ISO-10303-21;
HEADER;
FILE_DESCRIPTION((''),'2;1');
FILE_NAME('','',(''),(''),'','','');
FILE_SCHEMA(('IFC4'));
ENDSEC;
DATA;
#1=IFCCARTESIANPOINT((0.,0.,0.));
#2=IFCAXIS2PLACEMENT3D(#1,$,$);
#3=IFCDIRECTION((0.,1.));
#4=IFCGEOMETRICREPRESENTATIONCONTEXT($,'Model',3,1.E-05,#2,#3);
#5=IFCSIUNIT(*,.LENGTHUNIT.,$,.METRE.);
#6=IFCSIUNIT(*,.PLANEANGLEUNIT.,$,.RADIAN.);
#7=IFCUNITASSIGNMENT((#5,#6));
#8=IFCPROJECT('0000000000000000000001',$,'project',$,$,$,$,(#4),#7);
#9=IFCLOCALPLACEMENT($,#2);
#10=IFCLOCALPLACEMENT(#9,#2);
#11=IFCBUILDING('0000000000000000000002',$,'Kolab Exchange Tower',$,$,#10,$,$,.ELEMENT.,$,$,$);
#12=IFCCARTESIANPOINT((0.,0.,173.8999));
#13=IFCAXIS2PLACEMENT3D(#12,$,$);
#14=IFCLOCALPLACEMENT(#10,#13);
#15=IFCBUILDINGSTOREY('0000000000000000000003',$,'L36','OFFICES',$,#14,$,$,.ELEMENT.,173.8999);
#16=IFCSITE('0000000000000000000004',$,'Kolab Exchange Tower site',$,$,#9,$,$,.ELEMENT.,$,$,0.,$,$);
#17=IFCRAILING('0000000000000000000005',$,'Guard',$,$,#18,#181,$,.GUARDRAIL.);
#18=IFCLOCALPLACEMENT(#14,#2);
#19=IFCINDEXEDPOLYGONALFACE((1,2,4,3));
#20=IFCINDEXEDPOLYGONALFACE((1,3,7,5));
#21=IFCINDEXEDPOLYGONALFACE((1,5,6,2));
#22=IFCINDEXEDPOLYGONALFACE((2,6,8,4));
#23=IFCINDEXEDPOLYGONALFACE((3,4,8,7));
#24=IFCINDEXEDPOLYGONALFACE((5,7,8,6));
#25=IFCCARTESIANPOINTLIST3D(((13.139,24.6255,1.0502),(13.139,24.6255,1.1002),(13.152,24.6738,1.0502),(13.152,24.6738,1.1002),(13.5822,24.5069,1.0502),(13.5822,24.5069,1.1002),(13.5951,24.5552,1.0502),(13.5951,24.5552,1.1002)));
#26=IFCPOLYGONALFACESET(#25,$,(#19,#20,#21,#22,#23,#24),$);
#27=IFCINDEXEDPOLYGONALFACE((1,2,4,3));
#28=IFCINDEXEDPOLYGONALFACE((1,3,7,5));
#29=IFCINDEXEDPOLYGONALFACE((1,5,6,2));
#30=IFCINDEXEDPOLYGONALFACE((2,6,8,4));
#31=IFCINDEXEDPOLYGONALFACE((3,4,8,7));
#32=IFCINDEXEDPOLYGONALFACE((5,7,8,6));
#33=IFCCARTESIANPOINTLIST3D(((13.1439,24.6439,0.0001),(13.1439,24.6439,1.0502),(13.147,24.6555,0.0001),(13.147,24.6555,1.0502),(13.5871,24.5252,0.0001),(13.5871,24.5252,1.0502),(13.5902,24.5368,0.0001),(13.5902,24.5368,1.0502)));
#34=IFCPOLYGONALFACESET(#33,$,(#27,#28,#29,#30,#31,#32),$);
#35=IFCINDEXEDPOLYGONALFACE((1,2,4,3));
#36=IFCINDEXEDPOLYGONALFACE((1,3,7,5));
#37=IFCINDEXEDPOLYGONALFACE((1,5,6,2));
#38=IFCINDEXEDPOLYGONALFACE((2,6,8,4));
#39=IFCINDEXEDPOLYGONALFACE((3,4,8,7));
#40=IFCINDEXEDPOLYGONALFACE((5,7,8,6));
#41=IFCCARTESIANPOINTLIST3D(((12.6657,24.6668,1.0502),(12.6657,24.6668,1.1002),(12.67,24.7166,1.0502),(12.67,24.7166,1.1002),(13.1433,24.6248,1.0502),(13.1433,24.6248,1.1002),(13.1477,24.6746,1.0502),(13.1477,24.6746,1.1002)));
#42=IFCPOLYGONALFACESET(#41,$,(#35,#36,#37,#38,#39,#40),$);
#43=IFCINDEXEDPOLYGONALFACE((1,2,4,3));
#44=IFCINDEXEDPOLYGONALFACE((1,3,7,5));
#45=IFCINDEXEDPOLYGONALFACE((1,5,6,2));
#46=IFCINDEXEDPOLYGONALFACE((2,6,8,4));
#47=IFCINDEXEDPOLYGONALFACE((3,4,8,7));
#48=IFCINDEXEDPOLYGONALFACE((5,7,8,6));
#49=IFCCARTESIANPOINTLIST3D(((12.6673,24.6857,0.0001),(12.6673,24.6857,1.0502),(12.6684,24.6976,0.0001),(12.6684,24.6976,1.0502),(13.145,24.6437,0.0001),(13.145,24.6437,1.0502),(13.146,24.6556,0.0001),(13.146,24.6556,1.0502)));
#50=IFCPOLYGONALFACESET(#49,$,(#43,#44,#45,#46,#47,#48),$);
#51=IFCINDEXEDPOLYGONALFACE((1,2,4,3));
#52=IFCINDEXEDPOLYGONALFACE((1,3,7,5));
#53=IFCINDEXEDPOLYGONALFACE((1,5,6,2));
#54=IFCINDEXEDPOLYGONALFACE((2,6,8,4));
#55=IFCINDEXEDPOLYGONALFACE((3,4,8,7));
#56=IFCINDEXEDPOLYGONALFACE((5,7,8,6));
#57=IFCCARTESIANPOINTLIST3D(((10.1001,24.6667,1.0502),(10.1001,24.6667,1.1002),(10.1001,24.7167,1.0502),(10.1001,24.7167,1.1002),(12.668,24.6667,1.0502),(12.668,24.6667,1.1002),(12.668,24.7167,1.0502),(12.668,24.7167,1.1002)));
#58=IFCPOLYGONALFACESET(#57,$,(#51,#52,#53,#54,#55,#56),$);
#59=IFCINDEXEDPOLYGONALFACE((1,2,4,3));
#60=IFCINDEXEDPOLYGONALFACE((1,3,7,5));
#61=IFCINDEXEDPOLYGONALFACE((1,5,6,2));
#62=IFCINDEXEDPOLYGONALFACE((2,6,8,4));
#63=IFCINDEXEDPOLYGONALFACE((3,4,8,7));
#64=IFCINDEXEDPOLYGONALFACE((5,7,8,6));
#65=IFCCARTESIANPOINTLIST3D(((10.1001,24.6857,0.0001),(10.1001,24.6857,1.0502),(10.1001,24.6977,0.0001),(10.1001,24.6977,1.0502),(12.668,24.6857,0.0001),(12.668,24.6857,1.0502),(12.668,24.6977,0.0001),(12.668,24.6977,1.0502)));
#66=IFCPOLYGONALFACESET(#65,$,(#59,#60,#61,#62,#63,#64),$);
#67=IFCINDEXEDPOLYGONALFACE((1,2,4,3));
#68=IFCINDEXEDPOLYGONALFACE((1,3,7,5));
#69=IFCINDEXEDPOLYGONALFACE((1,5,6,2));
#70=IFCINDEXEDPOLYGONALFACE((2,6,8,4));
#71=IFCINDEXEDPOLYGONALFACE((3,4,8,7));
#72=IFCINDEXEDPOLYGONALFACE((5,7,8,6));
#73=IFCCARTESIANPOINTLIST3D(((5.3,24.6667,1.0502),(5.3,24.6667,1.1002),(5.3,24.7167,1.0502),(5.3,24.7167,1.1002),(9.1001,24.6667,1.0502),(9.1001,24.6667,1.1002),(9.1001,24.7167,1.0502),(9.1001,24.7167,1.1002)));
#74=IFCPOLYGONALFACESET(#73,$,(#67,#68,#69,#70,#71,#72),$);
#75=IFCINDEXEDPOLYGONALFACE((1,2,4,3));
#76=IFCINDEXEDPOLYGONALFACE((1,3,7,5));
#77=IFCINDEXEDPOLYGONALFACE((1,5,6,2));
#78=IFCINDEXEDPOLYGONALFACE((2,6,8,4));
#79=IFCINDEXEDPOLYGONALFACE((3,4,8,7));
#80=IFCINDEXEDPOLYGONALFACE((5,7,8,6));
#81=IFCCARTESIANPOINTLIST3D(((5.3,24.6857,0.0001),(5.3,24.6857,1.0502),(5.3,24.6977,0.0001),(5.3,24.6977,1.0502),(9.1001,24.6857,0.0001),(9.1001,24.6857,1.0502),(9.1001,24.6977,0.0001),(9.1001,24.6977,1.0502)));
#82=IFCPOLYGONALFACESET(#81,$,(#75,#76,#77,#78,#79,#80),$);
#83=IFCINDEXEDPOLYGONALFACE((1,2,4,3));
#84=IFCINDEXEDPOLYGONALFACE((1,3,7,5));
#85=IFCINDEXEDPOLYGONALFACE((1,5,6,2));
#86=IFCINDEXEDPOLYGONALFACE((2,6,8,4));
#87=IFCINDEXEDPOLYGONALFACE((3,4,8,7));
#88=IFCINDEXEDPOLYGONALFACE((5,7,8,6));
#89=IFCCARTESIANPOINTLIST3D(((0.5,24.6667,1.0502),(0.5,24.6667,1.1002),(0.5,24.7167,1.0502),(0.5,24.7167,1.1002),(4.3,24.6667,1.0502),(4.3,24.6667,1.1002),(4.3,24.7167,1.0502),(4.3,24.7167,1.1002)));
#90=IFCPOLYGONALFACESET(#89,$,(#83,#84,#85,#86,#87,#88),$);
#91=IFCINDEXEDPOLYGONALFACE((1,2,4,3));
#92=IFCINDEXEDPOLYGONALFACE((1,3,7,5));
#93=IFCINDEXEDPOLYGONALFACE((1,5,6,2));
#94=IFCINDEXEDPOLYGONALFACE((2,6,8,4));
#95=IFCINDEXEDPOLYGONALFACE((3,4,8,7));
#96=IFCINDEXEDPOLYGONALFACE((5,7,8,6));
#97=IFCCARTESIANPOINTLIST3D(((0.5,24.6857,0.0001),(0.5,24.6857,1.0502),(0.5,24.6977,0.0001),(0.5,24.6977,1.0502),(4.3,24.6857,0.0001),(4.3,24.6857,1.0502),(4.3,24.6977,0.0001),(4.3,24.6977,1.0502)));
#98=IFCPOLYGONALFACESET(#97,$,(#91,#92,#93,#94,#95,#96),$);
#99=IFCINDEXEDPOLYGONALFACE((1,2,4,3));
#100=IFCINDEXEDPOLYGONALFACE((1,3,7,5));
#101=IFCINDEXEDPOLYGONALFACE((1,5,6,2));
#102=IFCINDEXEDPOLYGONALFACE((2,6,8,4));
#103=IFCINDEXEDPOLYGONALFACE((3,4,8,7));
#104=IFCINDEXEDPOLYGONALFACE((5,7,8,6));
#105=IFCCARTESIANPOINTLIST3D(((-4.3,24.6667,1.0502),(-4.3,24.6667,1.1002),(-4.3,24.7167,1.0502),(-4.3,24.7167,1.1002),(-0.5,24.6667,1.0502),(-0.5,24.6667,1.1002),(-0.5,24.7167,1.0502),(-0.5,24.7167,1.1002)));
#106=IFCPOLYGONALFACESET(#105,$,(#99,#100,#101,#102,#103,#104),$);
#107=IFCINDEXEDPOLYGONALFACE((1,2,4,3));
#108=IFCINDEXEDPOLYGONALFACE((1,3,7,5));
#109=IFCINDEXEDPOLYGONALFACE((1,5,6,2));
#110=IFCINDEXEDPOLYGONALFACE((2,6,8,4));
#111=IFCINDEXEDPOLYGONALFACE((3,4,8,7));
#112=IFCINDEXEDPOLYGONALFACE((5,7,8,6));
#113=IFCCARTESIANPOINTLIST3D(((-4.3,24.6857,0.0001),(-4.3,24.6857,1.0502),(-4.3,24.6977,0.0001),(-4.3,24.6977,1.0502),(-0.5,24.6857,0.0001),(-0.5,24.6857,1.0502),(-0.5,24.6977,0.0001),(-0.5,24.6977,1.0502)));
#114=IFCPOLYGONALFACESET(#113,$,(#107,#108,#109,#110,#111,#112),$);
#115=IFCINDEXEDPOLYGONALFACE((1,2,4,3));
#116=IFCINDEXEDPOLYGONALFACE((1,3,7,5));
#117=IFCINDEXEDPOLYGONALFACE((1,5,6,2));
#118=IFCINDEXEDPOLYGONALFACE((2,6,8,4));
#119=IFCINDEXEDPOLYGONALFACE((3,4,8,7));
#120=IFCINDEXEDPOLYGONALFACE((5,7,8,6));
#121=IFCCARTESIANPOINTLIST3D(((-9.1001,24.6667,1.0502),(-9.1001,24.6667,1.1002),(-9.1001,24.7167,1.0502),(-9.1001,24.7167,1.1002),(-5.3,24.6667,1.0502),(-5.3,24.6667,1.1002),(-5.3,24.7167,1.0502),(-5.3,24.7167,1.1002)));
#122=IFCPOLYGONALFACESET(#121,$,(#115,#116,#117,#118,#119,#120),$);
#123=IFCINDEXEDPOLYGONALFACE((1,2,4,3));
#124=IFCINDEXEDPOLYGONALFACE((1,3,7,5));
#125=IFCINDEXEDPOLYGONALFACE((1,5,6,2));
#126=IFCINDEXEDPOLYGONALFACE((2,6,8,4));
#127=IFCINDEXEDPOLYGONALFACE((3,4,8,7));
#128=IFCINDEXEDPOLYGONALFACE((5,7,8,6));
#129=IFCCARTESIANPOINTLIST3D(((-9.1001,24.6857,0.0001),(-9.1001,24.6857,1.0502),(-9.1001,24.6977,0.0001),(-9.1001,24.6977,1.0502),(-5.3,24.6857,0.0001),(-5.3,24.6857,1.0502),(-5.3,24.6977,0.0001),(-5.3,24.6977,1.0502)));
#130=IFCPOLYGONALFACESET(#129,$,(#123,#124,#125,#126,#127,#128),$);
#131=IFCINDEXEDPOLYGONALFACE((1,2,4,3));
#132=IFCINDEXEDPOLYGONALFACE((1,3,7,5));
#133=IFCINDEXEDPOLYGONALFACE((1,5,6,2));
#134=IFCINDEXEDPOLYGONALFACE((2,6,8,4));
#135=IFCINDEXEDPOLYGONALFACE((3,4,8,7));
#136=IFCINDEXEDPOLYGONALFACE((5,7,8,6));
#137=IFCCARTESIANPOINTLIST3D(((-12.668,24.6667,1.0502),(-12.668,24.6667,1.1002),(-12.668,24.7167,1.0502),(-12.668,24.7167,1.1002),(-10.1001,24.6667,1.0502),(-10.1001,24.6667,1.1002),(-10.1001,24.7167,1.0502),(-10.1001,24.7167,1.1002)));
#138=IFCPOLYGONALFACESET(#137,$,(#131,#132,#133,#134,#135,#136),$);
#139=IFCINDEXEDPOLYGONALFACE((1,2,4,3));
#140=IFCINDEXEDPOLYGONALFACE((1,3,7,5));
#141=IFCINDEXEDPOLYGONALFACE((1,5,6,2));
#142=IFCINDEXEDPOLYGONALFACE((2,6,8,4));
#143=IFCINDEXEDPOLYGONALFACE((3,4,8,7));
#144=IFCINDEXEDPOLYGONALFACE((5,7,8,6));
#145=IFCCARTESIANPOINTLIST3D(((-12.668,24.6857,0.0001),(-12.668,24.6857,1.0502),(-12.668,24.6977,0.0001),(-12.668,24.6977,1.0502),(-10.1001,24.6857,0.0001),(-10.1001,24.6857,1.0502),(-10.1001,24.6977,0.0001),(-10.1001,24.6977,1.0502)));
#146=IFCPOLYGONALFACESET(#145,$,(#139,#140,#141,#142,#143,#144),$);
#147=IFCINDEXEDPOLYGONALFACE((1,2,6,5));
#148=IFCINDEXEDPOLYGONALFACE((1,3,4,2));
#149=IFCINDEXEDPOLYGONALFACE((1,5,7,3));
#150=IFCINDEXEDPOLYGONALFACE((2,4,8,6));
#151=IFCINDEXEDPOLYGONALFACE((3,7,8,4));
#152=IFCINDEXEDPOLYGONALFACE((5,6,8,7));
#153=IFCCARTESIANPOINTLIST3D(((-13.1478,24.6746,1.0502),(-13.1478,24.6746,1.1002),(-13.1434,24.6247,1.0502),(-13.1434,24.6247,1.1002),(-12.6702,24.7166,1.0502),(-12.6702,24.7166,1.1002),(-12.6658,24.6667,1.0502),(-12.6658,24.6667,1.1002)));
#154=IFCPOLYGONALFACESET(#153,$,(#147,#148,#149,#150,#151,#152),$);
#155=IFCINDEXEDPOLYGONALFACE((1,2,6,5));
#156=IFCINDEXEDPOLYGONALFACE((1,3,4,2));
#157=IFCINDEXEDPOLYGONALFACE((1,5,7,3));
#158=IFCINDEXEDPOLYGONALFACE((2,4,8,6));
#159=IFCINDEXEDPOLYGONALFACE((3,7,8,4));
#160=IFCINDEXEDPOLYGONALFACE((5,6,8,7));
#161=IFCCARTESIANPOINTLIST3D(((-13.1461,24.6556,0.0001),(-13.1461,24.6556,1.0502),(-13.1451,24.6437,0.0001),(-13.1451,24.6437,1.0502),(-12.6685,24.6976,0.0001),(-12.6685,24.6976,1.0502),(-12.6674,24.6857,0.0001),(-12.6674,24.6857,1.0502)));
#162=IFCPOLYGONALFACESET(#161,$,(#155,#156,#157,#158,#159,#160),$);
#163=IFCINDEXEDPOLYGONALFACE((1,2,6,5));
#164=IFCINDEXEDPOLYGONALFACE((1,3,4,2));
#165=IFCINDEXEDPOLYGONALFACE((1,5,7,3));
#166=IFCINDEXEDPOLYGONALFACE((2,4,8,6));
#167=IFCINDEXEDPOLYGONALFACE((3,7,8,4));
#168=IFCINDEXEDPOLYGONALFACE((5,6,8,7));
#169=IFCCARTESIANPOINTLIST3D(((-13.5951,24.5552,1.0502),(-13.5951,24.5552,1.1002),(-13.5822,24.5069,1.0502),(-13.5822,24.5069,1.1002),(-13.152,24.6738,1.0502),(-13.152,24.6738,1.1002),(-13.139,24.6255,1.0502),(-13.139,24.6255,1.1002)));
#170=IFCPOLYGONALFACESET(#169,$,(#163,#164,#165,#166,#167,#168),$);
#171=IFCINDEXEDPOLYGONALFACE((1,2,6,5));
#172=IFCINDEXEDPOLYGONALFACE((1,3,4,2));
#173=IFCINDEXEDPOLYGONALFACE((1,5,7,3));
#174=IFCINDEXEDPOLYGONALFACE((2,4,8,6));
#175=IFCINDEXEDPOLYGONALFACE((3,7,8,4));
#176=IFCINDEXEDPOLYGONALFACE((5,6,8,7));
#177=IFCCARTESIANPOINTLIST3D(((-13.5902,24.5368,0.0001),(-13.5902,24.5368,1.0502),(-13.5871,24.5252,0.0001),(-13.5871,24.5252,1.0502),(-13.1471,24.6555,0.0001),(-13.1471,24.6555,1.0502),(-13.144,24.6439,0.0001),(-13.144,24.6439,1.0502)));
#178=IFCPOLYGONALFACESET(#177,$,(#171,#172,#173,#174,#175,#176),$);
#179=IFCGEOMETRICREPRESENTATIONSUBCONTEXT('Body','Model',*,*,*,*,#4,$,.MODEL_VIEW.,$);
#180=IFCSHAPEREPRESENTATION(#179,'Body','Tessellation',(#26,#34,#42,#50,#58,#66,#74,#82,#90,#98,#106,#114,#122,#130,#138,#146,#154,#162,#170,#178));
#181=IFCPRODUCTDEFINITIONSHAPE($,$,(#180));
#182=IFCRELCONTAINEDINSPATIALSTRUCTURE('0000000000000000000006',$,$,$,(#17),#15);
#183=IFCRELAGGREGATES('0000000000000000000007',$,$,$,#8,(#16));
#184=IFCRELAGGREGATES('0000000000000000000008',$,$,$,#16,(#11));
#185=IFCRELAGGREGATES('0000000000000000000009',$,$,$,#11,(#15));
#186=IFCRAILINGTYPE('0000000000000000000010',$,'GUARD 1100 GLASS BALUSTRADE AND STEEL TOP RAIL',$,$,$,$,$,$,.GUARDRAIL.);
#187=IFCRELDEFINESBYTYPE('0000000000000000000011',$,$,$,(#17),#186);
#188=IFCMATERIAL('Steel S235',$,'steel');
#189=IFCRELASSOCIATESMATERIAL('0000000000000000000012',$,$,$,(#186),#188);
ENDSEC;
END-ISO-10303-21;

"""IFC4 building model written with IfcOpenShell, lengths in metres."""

from ifc_helpers import new_model, si_unit, direction, frame, frame_2d, origin, origin_2d, place, context, subcontext, project, spatial, rectangle, extrude, material, type_object, element, save


model = new_model("IFC4")

# Units and contexts
model_context = context("Model", 3, precision=1e-05, world=origin(), true_north=direction((0.0, 1.0)))
body_context = subcontext(model_context, "Body", "Model", "MODEL_VIEW")
ifc_project = project(units=[si_unit("LENGTHUNIT", "METRE"), si_unit("PLANEANGLEUNIT", "RADIAN")], contexts=[model_context])

# Site, building, storey
site_placement = place(None, origin())
site = spatial("IfcSite", under=ifc_project, at=site_placement, Name="Kolab Exchange Tower site", CompositionType="ELEMENT", RefElevation=0.0)
building_placement = place(site_placement, origin())
building = spatial("IfcBuilding", under=site, at=building_placement, Name="Kolab Exchange Tower", CompositionType="ELEMENT")
storey_placement = place(building_placement, frame((0.0, 0.0, 173.8999)))
storey = spatial("IfcBuildingStorey", under=building, at=storey_placement, Name="L36", Description="OFFICES", CompositionType="ELEMENT", Elevation=173.8999)

# Railing
ifc_material_1 = material(Name="Steel S235", Category="steel")
railing_type = type_object("IfcRailingType", Name="GUARD 1100 GLASS BALUSTRADE AND STEEL TOP RAIL", PredefinedType="GUARDRAIL", material=ifc_material_1)
railing_placement = place(storey_placement, frame((13.5886, 24.531, 0.0)))
element("IfcRailing", 1, at=railing_placement, inside=storey, type_object=railing_type, Name="Guard", PredefinedType="GUARDRAIL", context=body_context, shape_type="SweptSolid", body=[
    extrude(rectangle(XDim=0.05, YDim=0.05, at=origin_2d()), frame((0.0, 0.0, 1.0752), z_axis=(-0.965969, 0.258656, 0.0), x_axis=(-0.258656, -0.965969, 0.0)), (0.0, 0.0, 1.0), 0.4587),
    extrude(rectangle(XDim=0.012, YDim=1.0501, at=frame_2d((0.0, 0.5251))), frame((0.0, 0.0, 0.0), z_axis=(-0.965969, 0.258656, 0.0), x_axis=(-0.258656, -0.965969, 0.0)), (0.0, 0.0, 1.0), 0.4587),
    extrude(rectangle(XDim=0.05, YDim=0.05, at=origin_2d()), frame((-0.4431, 0.1187, 1.0752), z_axis=(-0.996156, 0.087597, 0.0), x_axis=(-0.087597, -0.996156, 0.0)), (0.0, 0.0, 1.0), 0.4795),
    extrude(rectangle(XDim=0.012, YDim=1.0501, at=frame_2d((0.0, 0.5251))), frame((-0.4431, 0.1187, 0.0), z_axis=(-0.996156, 0.087597, 0.0), x_axis=(-0.087597, -0.996156, 0.0)), (0.0, 0.0, 1.0), 0.4795),
    extrude(rectangle(XDim=0.05, YDim=0.05, at=origin_2d()), frame((-0.9207, 0.1606, 1.0752), z_axis=(-1.0, 0.0, 0.0), x_axis=(0.0, -1.0, 0.0)), (0.0, 0.0, 1.0), 2.5679),
    extrude(rectangle(XDim=0.012, YDim=1.0501, at=frame_2d((0.0, 0.5251))), frame((-0.9207, 0.1606, 0.0), z_axis=(-1.0, 0.0, 0.0), x_axis=(0.0, -1.0, 0.0)), (0.0, 0.0, 1.0), 2.5679),
    extrude(rectangle(XDim=0.05, YDim=0.05, at=origin_2d()), frame((-4.4885, 0.1606, 1.0752), z_axis=(-1.0, 0.0, 0.0), x_axis=(0.0, -1.0, 0.0)), (0.0, 0.0, 1.0), 3.8),
    extrude(rectangle(XDim=0.012, YDim=1.0501, at=frame_2d((0.0, 0.5251))), frame((-4.4885, 0.1606, 0.0), z_axis=(-1.0, 0.0, 0.0), x_axis=(0.0, -1.0, 0.0)), (0.0, 0.0, 1.0), 3.8),
    extrude(rectangle(XDim=0.05, YDim=0.05, at=origin_2d()), frame((-9.2886, 0.1606, 1.0752), z_axis=(-1.0, 0.0, 0.0), x_axis=(0.0, -1.0, 0.0)), (0.0, 0.0, 1.0), 3.8),
    extrude(rectangle(XDim=0.012, YDim=1.0501, at=frame_2d((0.0, 0.5251))), frame((-9.2886, 0.1606, 0.0), z_axis=(-1.0, 0.0, 0.0), x_axis=(0.0, -1.0, 0.0)), (0.0, 0.0, 1.0), 3.8),
    extrude(rectangle(XDim=0.05, YDim=0.05, at=origin_2d()), frame((-14.0886, 0.1606, 1.0752), z_axis=(-1.0, 0.0, 0.0), x_axis=(0.0, -1.0, 0.0)), (0.0, 0.0, 1.0), 3.8),
    extrude(rectangle(XDim=0.012, YDim=1.0501, at=frame_2d((0.0, 0.5251))), frame((-14.0886, 0.1606, 0.0), z_axis=(-1.0, 0.0, 0.0), x_axis=(0.0, -1.0, 0.0)), (0.0, 0.0, 1.0), 3.8),
    extrude(rectangle(XDim=0.05, YDim=0.05, at=origin_2d()), frame((-18.8887, 0.1606, 1.0752), z_axis=(-1.0, 0.0, 0.0), x_axis=(0.0, -1.0, 0.0)), (0.0, 0.0, 1.0), 3.8),
    extrude(rectangle(XDim=0.012, YDim=1.0501, at=frame_2d((0.0, 0.5251))), frame((-18.8887, 0.1606, 0.0), z_axis=(-1.0, 0.0, 0.0), x_axis=(0.0, -1.0, 0.0)), (0.0, 0.0, 1.0), 3.8),
    extrude(rectangle(XDim=0.05, YDim=0.05, at=origin_2d()), frame((-23.6887, 0.1606, 1.0752), z_axis=(-1.0, 0.0, 0.0), x_axis=(0.0, -1.0, 0.0)), (0.0, 0.0, 1.0), 2.5679),
    extrude(rectangle(XDim=0.012, YDim=1.0501, at=frame_2d((0.0, 0.5251))), frame((-23.6887, 0.1606, 0.0), z_axis=(-1.0, 0.0, 0.0), x_axis=(0.0, -1.0, 0.0)), (0.0, 0.0, 1.0), 2.5679),
    extrude(rectangle(XDim=0.05, YDim=0.05, at=origin_2d()), frame((-26.2566, 0.1606, 1.0752), z_axis=(-0.996156, -0.087597, 0.0), x_axis=(0.087597, -0.996156, 0.0)), (0.0, 0.0, 1.0), 0.4795),
    extrude(rectangle(XDim=0.012, YDim=1.0501, at=frame_2d((0.0, 0.5251))), frame((-26.2566, 0.1606, 0.0), z_axis=(-0.996156, -0.087597, 0.0), x_axis=(0.087597, -0.996156, 0.0)), (0.0, 0.0, 1.0), 0.4795),
    extrude(rectangle(XDim=0.05, YDim=0.05, at=origin_2d()), frame((-26.7341, 0.1187, 1.0752), z_axis=(-0.965969, -0.258656, 0.0), x_axis=(0.258656, -0.965969, 0.0)), (0.0, 0.0, 1.0), 0.4587),
    extrude(rectangle(XDim=0.012, YDim=1.0501, at=frame_2d((0.0, 0.5251))), frame((-26.7341, 0.1187, 0.0), z_axis=(-0.965969, -0.258656, 0.0), x_axis=(0.258656, -0.965969, 0.0)), (0.0, 0.0, 1.0), 0.4587),
])

save(model, "model.ifc")
